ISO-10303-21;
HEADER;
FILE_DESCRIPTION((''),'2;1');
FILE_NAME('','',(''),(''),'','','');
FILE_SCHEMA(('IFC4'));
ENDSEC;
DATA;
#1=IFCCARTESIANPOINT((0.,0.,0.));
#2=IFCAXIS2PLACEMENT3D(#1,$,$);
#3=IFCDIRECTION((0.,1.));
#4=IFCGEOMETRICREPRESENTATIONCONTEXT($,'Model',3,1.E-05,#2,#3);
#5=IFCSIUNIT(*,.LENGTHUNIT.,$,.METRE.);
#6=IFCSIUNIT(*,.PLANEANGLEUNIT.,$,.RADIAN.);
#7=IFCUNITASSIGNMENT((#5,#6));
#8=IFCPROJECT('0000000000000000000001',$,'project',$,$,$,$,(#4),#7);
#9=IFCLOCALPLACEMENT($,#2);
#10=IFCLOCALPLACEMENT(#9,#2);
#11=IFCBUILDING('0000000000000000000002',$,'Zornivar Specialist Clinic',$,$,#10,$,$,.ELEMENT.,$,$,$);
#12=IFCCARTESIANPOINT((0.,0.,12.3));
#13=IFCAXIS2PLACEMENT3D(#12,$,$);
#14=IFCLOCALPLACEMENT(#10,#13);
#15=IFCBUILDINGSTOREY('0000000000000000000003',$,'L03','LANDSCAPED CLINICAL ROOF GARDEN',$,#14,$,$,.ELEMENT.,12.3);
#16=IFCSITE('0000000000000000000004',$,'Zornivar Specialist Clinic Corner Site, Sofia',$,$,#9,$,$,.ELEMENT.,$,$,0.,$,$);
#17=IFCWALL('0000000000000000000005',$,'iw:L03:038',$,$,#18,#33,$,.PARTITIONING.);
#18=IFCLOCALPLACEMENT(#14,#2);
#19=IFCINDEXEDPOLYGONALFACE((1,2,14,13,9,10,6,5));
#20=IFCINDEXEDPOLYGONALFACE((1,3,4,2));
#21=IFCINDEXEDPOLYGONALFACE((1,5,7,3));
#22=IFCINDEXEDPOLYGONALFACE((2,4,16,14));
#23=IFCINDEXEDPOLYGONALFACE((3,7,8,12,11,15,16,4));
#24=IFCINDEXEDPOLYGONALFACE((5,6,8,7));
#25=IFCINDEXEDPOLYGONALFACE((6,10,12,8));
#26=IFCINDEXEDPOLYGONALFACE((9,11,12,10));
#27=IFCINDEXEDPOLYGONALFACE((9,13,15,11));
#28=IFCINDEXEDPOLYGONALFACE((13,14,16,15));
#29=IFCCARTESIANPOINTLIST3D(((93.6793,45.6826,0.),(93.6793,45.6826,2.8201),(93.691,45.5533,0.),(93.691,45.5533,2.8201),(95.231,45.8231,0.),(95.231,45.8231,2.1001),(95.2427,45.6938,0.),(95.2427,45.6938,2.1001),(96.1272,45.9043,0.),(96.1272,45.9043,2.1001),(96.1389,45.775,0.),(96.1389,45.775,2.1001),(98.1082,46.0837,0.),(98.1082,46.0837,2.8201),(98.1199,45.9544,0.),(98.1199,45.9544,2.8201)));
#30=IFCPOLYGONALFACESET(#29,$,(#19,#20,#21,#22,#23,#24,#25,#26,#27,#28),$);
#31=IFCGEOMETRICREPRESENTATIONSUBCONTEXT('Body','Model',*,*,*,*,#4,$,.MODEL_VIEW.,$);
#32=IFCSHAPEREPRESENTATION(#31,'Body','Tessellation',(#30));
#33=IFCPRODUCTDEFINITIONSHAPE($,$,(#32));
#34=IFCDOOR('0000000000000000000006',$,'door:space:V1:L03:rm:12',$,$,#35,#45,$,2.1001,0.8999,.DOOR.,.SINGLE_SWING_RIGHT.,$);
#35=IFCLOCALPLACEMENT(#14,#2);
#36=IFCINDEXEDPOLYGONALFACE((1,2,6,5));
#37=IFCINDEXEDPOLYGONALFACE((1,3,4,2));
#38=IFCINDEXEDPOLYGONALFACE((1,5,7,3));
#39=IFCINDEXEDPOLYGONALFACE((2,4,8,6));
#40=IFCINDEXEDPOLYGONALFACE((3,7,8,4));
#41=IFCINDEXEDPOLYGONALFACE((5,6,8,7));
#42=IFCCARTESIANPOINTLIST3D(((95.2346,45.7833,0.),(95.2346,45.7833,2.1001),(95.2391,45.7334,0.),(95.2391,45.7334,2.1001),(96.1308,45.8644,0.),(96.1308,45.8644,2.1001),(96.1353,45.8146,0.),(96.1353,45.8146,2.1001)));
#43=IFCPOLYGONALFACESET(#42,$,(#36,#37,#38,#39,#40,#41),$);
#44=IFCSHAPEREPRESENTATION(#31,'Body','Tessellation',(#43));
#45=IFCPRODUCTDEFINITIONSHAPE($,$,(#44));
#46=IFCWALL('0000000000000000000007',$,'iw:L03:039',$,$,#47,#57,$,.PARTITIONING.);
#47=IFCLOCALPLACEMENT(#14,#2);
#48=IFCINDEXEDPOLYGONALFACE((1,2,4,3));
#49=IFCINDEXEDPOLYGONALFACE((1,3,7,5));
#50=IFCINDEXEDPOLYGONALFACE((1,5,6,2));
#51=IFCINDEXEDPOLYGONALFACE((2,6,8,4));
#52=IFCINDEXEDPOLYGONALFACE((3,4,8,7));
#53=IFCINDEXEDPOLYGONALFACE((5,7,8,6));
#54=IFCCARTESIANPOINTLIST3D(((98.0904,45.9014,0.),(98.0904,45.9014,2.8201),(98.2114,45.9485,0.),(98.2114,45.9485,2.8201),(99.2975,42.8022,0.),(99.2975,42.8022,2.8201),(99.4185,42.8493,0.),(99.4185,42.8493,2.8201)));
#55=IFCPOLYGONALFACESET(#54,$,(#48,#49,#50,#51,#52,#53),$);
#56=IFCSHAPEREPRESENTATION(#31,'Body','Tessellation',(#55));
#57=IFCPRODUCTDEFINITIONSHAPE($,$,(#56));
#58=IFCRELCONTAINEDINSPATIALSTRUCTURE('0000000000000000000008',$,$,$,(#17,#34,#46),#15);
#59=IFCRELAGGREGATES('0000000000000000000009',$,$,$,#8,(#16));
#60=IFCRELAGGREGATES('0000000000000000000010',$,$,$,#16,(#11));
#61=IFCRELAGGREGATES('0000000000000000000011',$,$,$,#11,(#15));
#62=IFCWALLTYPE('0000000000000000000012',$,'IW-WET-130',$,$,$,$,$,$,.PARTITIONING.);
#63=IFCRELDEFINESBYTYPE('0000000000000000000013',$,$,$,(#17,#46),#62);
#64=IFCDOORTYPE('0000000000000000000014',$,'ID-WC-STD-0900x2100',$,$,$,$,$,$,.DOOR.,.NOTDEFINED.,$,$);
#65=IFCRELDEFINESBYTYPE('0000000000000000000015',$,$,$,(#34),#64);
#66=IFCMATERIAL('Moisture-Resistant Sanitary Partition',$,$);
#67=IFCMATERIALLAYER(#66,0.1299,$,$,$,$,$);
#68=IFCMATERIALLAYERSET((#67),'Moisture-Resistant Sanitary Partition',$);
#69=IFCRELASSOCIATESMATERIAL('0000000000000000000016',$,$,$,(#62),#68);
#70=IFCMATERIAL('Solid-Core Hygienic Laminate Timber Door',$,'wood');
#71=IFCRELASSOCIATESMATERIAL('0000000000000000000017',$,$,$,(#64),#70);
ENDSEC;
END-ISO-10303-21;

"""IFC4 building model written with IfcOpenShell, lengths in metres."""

from ifc_helpers import new_model, si_unit, direction, frame, frame_2d, origin, place, context, subcontext, project, spatial, rectangle, extrude, material, layer, layer_set, type_object, element, fill, save


model = new_model("IFC4")

# Units and contexts
model_context = context("Model", 3, precision=1e-05, world=origin(), true_north=direction((0.0, 1.0)))
body_context = subcontext(model_context, "Body", "Model", "MODEL_VIEW")
ifc_project = project(units=[si_unit("LENGTHUNIT", "METRE"), si_unit("PLANEANGLEUNIT", "RADIAN")], contexts=[model_context])

# Site, building, storey
site_placement = place(None, origin())
site = spatial("IfcSite", under=ifc_project, at=site_placement, Name="Zornivar Specialist Clinic Corner Site, Sofia", CompositionType="ELEMENT", RefElevation=0.0)
building_placement = place(site_placement, origin())
building = spatial("IfcBuilding", under=site, at=building_placement, Name="Zornivar Specialist Clinic", CompositionType="ELEMENT")
storey_placement = place(building_placement, frame((0.0, 0.0, 12.3)))
storey = spatial("IfcBuildingStorey", under=building, at=storey_placement, Name="L03", Description="LANDSCAPED CLINICAL ROOF GARDEN", CompositionType="ELEMENT", Elevation=12.3)

# Shared definitions
ifc_material_1 = material(Name="Moisture-Resistant Sanitary Partition")
ifc_layer_1 = layer(ifc_material_1, 0.1299)
ifc_layer_set_1 = layer_set([ifc_layer_1], Name="Moisture-Resistant Sanitary Partition")
wall_type_1 = type_object("IfcWallType", Name="IW-WET-130", PredefinedType="PARTITIONING", material=ifc_layer_set_1)

# Wall, opening, door
wall_1_placement = place(storey_placement, frame((93.6851, 45.6179, 0.0), z_axis=(0.0, 0.0, 1.0), x_axis=(0.995924, 0.090199, 0.0)))
wall_1 = element("IfcWall", 1, at=wall_1_placement, inside=storey, type_object=wall_type_1, Name="iw:L03:038", PredefinedType="PARTITIONING", context=body_context, shape_type="SweptSolid", body=[
    extrude(rectangle(XDim=4.447, YDim=0.1299, at=frame_2d((2.2236, 0.0))), origin(), (0.0, 0.0, 1.0), 2.8201),
])
opening_1_placement = place(wall_1_placement, frame((1.5581, 0.0, 0.0)))
opening_1 = element("IfcOpeningElement", 2, at=opening_1_placement, cuts=wall_1, PredefinedType="OPENING", context=body_context, shape_type="SweptSolid", body=[
    extrude(rectangle(XDim=0.8999, YDim=2.1001, at=frame_2d((0.45, 1.05))), frame((0.0, 0.075, 0.0), z_axis=(0.0, -1.0, 0.0), x_axis=(1.0, 0.0, 0.0)), (0.0, 0.0, 1.0), 0.1499),
])
ifc_material_2 = material(Name="Solid-Core Hygienic Laminate Timber Door", Category="wood")
door_type_1 = type_object("IfcDoorType", Name="ID-WC-STD-0900x2100", OperationType="NOTDEFINED", PredefinedType="DOOR", material=ifc_material_2)
door_1_placement = place(opening_1_placement, origin())
door_1 = element("IfcDoor", 3, at=door_1_placement, inside=storey, type_object=door_type_1, Name="door:space:V1:L03:rm:12", OperationType="SINGLE_SWING_RIGHT", OverallHeight=2.1001, OverallWidth=0.8999, PredefinedType="DOOR", context=body_context, shape_type="SweptSolid", body=[
    extrude(rectangle(XDim=0.8999, YDim=2.1001, at=frame_2d((0.45, 1.05))), frame((0.0, 0.0249, 0.0), z_axis=(0.0, -1.0, 0.0), x_axis=(1.0, 0.0, 0.0)), (0.0, 0.0, 1.0), 0.05),
])
fill(opening_1, door_1)

# Wall
wall_2_placement = place(storey_placement, frame((98.1509, 45.925, 0.0), z_axis=(0.0, 0.0, 1.0), x_axis=(0.362921, -0.93182, 0.0)))
element("IfcWall", 4, at=wall_2_placement, inside=storey, type_object=wall_type_1, Name="iw:L03:039", PredefinedType="PARTITIONING", context=body_context, shape_type="SweptSolid", body=[
    extrude(rectangle(XDim=3.3259, YDim=0.1299, at=frame_2d((1.6631, 0.0))), origin(), (0.0, 0.0, 1.0), 2.8201),
])

save(model, "model.ifc")
